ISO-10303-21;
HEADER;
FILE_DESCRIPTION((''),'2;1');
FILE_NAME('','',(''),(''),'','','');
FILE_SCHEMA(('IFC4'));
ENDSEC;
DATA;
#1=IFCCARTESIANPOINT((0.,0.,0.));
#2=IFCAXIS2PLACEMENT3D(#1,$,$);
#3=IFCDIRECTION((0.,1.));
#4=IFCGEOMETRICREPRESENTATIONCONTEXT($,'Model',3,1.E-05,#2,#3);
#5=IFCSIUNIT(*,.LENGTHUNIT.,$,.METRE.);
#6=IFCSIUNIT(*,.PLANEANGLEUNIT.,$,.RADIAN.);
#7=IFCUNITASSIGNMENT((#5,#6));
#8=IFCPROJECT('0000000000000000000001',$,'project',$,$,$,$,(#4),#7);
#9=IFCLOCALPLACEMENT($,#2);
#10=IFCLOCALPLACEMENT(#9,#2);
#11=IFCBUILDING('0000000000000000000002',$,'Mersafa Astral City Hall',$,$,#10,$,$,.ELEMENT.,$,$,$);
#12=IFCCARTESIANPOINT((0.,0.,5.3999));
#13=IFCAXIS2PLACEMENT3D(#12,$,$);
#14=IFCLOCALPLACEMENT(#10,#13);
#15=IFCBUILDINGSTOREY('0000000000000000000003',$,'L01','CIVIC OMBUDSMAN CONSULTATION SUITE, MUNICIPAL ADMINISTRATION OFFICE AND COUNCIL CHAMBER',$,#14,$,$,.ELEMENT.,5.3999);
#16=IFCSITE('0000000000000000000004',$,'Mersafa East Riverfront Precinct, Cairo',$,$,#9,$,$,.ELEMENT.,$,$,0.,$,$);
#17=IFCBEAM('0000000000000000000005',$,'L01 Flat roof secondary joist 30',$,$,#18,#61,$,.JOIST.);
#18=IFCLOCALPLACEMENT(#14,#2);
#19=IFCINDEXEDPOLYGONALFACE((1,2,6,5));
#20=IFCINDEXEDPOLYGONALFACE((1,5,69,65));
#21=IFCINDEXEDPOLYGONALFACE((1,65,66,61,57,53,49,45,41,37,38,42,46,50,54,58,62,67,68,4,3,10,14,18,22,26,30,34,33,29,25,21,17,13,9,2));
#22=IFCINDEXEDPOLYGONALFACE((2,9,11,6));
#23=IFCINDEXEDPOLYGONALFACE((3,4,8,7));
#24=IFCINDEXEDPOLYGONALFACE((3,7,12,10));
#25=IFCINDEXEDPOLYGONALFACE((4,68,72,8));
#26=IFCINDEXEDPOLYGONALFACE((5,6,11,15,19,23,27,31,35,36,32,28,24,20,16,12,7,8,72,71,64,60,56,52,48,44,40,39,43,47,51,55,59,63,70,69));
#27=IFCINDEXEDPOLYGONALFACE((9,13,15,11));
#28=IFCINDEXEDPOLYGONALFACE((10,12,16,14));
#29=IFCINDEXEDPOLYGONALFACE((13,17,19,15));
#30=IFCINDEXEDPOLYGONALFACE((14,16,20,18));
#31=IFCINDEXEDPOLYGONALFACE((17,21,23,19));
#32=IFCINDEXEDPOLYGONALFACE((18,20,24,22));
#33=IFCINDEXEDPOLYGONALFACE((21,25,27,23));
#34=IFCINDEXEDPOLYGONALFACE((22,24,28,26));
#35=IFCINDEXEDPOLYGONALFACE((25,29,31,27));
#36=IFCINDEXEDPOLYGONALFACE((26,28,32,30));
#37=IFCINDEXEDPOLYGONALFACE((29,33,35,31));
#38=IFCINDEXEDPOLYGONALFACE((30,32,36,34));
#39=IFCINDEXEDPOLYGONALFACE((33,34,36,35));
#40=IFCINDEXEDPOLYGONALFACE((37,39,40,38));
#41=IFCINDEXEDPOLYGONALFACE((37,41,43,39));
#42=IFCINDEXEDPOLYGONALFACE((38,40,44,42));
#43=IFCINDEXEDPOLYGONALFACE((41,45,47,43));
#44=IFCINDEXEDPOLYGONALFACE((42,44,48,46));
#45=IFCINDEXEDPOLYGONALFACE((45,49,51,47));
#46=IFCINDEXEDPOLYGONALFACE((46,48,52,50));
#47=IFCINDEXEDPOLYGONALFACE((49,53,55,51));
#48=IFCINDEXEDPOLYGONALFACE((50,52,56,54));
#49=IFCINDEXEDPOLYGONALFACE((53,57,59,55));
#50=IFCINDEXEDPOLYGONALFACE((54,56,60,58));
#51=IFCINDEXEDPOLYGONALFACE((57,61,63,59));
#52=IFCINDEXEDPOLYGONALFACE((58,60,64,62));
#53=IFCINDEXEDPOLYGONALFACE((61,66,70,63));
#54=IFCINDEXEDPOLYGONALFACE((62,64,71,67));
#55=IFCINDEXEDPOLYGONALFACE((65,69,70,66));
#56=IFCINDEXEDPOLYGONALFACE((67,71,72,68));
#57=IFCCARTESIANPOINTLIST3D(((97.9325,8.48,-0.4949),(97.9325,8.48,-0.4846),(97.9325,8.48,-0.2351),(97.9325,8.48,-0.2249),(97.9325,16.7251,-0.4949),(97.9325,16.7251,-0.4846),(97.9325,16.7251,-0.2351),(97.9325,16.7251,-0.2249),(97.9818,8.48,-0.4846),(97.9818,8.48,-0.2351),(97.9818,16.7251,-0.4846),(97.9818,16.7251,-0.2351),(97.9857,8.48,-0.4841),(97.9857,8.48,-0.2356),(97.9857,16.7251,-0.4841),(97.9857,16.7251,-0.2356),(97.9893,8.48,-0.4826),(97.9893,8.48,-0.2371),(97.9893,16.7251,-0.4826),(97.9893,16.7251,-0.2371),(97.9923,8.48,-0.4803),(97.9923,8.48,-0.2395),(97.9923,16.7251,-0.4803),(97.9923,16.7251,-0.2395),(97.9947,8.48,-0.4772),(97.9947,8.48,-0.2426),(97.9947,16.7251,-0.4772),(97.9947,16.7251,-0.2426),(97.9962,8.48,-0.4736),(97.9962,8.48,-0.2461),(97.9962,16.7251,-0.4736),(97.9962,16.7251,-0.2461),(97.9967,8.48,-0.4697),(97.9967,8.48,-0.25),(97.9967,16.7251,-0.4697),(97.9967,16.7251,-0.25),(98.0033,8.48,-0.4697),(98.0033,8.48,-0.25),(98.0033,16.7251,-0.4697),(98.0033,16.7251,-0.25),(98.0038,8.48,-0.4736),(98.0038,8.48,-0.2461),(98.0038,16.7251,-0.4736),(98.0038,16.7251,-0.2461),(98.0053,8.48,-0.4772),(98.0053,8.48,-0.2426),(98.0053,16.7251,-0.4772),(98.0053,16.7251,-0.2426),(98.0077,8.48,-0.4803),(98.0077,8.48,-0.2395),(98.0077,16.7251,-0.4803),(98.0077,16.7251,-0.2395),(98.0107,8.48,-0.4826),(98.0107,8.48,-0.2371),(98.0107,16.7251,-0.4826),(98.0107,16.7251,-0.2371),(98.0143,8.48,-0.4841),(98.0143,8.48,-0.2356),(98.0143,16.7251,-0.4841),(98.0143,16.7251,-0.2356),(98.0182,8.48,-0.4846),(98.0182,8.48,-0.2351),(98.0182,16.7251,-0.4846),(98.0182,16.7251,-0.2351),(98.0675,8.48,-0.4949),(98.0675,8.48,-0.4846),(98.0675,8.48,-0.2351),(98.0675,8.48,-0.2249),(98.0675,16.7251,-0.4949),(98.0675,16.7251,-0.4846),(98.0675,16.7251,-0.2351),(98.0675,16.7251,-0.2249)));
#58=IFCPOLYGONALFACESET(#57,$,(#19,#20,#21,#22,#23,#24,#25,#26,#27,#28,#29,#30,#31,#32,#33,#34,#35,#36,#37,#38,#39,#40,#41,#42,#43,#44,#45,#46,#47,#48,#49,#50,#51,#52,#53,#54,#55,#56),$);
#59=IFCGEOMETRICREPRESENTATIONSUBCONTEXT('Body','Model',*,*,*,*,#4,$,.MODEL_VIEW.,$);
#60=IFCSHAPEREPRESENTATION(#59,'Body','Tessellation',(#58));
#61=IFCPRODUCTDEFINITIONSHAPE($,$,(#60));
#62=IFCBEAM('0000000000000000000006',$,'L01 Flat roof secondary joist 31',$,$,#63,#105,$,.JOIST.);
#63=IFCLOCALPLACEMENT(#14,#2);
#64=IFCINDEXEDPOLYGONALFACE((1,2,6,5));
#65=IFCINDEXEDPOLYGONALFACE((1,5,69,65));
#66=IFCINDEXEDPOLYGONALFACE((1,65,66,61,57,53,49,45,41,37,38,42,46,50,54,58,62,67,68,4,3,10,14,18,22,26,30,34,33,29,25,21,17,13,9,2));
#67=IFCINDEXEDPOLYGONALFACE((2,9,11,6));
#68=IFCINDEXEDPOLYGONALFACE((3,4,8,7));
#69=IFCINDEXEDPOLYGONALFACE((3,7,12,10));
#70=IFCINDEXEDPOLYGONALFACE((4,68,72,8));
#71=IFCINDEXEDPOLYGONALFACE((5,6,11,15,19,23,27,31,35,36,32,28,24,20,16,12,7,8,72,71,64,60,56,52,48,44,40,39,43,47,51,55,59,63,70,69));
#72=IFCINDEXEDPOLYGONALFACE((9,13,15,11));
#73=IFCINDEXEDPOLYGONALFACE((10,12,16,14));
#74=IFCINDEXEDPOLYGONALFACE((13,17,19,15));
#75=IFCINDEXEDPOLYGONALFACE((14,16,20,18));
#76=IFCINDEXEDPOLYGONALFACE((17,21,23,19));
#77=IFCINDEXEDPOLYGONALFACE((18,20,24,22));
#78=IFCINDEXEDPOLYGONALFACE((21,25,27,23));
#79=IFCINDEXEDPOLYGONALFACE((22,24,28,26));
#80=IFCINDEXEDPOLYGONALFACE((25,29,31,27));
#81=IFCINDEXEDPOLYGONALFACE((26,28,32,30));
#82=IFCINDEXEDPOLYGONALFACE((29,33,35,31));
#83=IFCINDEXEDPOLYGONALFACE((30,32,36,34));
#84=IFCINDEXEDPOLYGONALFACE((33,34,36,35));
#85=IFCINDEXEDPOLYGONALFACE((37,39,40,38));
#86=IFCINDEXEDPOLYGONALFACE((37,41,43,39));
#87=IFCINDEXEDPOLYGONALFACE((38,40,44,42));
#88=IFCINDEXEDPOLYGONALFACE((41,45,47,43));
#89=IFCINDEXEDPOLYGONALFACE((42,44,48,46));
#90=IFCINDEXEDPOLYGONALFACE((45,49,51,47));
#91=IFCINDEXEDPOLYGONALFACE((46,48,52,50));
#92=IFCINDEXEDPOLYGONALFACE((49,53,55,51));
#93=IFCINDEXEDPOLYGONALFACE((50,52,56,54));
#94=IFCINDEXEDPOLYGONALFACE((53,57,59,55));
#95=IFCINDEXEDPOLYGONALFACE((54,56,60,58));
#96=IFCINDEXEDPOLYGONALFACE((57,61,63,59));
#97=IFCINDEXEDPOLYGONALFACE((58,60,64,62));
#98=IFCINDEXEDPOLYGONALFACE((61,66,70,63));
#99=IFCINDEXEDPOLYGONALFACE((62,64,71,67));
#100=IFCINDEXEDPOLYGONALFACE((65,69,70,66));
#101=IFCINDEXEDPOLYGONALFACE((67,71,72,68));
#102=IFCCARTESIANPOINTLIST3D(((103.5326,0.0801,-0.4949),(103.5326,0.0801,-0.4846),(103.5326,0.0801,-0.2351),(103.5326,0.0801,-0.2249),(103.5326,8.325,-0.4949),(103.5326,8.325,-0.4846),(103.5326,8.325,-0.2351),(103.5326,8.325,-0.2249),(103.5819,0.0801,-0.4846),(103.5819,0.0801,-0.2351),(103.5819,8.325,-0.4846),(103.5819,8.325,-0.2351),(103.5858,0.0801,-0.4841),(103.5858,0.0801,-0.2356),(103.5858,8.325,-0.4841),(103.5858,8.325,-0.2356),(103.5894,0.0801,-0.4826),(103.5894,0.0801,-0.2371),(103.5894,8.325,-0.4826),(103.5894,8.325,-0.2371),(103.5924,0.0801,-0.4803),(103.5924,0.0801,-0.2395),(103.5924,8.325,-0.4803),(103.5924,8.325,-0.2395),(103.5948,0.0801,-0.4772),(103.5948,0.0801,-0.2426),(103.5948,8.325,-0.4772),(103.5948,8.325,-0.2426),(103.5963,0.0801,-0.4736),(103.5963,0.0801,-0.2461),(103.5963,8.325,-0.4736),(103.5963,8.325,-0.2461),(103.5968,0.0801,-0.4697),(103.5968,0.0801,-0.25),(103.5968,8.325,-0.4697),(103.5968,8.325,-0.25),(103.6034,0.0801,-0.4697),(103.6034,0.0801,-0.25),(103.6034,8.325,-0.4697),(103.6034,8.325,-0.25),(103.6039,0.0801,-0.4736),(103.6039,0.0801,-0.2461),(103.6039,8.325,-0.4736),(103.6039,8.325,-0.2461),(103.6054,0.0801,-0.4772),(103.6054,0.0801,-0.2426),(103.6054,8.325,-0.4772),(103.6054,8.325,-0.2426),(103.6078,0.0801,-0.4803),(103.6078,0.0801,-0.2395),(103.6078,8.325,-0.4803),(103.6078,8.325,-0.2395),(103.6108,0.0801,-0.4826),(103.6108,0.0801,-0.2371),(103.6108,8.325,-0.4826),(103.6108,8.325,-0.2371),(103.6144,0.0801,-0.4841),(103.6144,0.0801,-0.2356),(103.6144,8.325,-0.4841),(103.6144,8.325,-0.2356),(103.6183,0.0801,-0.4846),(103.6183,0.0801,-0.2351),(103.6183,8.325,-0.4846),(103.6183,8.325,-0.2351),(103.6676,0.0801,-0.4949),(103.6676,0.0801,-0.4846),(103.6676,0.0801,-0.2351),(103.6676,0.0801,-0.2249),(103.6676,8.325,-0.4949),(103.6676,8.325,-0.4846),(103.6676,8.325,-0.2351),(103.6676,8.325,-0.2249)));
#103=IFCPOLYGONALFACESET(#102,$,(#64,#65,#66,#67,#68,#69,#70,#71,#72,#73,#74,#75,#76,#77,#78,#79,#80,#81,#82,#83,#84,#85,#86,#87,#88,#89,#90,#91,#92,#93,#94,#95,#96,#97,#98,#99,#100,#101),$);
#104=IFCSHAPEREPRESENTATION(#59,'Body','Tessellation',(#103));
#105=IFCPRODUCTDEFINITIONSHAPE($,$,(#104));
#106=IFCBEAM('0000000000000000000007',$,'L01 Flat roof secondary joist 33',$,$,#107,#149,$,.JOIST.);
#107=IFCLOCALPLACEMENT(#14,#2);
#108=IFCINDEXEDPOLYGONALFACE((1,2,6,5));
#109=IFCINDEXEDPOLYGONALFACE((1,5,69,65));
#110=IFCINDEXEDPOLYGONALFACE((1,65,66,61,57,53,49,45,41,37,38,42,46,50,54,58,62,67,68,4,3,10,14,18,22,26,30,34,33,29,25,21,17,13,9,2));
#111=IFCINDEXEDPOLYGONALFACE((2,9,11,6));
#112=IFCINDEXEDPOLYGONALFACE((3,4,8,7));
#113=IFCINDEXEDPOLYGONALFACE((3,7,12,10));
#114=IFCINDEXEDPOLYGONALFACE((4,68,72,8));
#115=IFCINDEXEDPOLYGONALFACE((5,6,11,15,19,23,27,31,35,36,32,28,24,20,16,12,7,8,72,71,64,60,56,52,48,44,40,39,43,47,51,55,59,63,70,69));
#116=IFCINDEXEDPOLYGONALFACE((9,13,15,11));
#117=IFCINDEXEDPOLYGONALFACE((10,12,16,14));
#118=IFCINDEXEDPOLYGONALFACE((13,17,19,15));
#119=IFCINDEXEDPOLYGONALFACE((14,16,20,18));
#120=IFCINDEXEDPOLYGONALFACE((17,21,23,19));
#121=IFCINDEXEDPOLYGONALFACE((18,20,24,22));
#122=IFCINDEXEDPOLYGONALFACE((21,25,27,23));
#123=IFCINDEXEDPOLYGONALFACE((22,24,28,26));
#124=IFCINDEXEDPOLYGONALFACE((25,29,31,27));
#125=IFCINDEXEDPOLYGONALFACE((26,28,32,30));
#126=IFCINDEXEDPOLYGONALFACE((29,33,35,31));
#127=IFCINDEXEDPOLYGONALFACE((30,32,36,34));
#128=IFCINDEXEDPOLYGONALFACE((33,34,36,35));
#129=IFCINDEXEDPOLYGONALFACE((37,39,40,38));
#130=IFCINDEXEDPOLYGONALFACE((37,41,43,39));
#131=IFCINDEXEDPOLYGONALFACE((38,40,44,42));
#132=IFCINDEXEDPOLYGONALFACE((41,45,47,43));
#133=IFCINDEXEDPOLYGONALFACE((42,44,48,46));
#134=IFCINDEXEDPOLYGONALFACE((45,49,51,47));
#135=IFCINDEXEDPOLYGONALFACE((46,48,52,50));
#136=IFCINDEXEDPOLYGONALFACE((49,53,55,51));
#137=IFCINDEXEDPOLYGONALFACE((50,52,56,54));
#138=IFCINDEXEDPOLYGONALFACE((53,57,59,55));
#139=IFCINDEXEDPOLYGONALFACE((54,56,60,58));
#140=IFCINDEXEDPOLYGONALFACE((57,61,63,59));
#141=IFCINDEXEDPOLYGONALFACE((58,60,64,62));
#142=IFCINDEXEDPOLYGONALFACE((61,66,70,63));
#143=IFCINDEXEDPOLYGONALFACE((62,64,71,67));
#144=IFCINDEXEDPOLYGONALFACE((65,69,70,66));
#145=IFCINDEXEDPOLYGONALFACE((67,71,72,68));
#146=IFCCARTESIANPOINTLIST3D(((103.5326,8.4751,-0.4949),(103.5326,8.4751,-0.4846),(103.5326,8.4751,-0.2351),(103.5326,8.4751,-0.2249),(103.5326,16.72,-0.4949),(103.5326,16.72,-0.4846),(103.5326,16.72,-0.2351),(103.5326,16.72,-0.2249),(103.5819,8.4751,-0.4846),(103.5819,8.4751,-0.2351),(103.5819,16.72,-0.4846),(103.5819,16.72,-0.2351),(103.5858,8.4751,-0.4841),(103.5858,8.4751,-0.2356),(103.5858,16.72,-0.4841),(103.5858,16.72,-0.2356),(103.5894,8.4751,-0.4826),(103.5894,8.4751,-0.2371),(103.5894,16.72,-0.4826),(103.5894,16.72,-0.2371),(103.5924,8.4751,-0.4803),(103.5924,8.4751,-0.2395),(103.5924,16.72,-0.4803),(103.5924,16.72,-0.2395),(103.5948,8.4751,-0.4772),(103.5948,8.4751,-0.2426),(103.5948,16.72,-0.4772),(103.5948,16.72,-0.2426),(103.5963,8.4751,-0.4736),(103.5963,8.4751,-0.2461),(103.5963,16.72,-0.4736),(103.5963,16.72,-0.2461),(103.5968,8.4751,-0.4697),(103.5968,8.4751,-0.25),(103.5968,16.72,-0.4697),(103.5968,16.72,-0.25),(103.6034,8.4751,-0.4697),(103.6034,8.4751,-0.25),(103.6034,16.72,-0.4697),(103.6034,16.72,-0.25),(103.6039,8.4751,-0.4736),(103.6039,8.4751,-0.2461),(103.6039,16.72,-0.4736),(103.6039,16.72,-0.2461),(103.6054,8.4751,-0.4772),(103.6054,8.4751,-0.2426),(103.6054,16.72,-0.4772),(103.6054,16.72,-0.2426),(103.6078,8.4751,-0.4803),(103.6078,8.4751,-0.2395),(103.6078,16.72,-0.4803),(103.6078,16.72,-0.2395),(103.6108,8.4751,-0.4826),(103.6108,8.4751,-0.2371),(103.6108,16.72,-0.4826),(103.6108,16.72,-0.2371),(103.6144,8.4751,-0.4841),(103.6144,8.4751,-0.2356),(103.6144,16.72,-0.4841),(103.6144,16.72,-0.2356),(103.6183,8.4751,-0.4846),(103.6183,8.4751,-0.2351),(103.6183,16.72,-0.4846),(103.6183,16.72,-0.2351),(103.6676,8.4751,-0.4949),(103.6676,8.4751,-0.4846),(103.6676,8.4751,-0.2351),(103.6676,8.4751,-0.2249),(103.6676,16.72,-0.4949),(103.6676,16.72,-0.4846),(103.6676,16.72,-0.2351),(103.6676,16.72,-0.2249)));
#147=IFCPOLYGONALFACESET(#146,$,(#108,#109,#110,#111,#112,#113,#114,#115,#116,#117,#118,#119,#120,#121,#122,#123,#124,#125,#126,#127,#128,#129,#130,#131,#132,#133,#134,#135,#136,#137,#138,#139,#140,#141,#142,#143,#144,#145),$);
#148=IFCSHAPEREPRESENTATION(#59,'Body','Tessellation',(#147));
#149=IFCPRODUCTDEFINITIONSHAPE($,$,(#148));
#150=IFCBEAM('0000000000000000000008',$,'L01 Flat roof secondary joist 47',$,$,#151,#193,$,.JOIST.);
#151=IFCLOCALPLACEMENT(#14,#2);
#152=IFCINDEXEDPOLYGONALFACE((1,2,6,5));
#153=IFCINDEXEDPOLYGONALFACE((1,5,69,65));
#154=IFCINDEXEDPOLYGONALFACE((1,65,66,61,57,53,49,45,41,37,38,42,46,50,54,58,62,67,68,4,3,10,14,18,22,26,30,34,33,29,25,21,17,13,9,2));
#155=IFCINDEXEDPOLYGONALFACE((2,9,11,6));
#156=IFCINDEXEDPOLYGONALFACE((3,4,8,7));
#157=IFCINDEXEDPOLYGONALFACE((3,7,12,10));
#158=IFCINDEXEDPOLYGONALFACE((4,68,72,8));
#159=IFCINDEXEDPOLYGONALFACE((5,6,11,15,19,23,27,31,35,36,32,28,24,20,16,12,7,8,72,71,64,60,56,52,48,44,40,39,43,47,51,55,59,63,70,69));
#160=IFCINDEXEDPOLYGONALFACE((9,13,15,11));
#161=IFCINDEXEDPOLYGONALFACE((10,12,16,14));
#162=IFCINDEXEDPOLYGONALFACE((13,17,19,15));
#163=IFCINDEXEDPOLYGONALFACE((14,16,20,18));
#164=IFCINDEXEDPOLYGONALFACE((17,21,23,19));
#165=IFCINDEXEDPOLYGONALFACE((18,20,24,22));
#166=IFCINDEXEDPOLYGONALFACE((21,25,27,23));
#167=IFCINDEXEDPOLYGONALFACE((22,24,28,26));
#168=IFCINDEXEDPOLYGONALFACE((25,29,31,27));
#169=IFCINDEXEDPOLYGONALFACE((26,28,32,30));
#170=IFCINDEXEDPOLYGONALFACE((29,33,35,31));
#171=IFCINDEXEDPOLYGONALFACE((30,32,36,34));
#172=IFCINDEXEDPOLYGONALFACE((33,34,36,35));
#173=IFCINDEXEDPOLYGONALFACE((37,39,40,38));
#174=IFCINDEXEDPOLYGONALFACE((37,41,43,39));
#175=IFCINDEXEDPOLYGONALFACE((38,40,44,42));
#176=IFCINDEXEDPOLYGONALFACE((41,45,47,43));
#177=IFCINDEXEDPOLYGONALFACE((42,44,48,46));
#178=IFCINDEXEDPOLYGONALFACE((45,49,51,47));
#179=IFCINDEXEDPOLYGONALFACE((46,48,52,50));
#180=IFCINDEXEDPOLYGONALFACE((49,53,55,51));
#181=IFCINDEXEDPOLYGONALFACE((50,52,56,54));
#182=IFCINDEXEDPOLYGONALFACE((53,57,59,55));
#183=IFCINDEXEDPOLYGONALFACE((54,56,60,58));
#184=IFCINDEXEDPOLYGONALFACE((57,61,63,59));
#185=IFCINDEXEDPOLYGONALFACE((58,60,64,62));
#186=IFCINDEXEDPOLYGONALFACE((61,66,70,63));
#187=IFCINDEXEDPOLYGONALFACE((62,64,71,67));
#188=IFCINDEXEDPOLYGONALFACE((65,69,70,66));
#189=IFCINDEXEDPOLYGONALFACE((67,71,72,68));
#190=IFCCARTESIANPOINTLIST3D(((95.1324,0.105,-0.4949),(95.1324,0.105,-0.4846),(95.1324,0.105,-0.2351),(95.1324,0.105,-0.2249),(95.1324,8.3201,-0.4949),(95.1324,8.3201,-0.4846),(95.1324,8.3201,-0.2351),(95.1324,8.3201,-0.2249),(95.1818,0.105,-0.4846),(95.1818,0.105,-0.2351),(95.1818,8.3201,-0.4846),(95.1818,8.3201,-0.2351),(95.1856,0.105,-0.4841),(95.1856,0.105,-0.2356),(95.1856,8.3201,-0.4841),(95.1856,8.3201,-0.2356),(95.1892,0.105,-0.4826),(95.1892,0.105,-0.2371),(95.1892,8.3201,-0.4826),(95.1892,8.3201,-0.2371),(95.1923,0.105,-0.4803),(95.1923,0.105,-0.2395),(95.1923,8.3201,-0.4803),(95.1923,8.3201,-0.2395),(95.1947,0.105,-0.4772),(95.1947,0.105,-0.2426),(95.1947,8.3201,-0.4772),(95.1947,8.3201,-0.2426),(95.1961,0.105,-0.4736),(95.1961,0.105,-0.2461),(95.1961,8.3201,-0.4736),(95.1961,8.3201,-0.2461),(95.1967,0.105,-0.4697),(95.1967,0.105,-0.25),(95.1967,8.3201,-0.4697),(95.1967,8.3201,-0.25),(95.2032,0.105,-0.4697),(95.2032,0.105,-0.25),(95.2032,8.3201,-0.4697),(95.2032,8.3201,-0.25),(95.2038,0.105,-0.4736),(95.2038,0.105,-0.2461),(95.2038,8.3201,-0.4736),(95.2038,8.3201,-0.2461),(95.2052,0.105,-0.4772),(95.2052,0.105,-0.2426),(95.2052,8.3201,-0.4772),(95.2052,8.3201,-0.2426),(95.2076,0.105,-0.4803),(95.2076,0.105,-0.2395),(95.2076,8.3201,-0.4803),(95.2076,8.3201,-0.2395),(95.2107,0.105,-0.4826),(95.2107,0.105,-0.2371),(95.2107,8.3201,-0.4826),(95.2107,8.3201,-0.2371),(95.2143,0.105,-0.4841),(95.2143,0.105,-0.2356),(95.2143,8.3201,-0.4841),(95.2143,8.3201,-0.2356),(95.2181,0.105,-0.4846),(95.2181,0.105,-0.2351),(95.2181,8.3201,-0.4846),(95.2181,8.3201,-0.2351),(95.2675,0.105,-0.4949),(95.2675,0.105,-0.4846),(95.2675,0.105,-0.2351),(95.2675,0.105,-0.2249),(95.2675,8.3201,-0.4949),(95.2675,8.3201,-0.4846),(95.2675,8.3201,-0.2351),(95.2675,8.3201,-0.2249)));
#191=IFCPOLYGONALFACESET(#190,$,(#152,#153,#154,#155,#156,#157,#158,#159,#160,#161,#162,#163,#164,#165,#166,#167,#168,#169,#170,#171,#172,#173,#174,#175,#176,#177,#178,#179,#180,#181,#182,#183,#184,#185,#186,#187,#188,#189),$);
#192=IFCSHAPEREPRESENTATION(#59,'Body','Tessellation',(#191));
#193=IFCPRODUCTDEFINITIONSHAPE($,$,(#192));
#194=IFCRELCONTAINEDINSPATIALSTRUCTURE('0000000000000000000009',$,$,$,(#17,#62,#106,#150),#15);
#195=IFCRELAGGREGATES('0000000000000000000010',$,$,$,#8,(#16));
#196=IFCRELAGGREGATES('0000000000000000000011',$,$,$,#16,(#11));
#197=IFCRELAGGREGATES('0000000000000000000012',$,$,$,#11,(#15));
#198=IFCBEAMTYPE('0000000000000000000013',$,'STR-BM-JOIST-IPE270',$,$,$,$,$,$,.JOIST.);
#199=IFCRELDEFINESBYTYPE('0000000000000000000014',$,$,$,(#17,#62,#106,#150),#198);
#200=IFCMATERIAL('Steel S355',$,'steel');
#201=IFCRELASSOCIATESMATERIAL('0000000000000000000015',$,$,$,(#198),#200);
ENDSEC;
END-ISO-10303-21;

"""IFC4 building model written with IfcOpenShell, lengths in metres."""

from ifc_helpers import new_model, si_unit, direction, frame, origin, origin_2d, place, context, subcontext, project, spatial, i_section, extrude, material, material_profile, profile_set, type_object, element, save


model = new_model("IFC4")

# Units and contexts
model_context = context("Model", 3, precision=1e-05, world=origin(), true_north=direction((0.0, 1.0)))
body_context = subcontext(model_context, "Body", "Model", "MODEL_VIEW")
ifc_project = project(units=[si_unit("LENGTHUNIT", "METRE"), si_unit("PLANEANGLEUNIT", "RADIAN")], contexts=[model_context])

# Site, building, storey
site_placement = place(None, origin())
site = spatial("IfcSite", under=ifc_project, at=site_placement, Name="Mersafa East Riverfront Precinct, Cairo", CompositionType="ELEMENT", RefElevation=0.0)
building_placement = place(site_placement, origin())
building = spatial("IfcBuilding", under=site, at=building_placement, Name="Mersafa Astral City Hall", CompositionType="ELEMENT")
storey_placement = place(building_placement, frame((0.0, 0.0, 5.3999)))
storey = spatial("IfcBuildingStorey", under=building, at=storey_placement, Name="L01", Description="CIVIC OMBUDSMAN CONSULTATION SUITE, MUNICIPAL ADMINISTRATION OFFICE AND COUNCIL CHAMBER", CompositionType="ELEMENT", Elevation=5.3999)

# Shared definitions
ifc_material_1 = material(Name="Steel S355", Category="steel")

# Beams
ifc_material_profile_1 = material_profile(ifc_material_1, i_section(OverallWidth=0.135, OverallDepth=0.27, WebThickness=0.0066, FlangeThickness=0.0103, FilletRadius=0.0149, at=origin_2d()), Name="IPE 270")
ifc_profile_set_1 = profile_set([ifc_material_profile_1], Name="Steel S355")
beam_type_1 = type_object("IfcBeamType", Name="STR-BM-JOIST-IPE270", PredefinedType="JOIST", material=ifc_profile_set_1)
for number, where, z_axis, x_axis, name in (
    (1, (98.0, 8.48, -0.3599), (0.0, 1.0, 0.0), (-1.0, 0.0, 0.0), "L01 Flat roof secondary joist 30"),
):
    element("IfcBeam", number, at=place(storey_placement, frame(where, z_axis=z_axis, x_axis=x_axis)), inside=storey, type_object=beam_type_1, Name=name, PredefinedType="JOIST", context=body_context, shape_type="SweptSolid", body=[
        extrude(i_section(OverallWidth=0.135, OverallDepth=0.27, WebThickness=0.0066, FlangeThickness=0.0103, FilletRadius=0.0149, at=origin_2d()), origin(), (0.0, 0.0, 1.0), 8.2451),
    ])
for number, where, z_axis, x_axis, name in (
    (2, (103.6001, 0.0801, -0.3599), (0.0, 1.0, 0.0), (-1.0, 0.0, 0.0), "L01 Flat roof secondary joist 31"),
    (3, (103.6001, 8.4751, -0.3599), (0.0, 1.0, 0.0), (-1.0, 0.0, 0.0), "L01 Flat roof secondary joist 33"),
):
    element("IfcBeam", number, at=place(storey_placement, frame(where, z_axis=z_axis, x_axis=x_axis)), inside=storey, type_object=beam_type_1, Name=name, PredefinedType="JOIST", context=body_context, shape_type="SweptSolid", body=[
        extrude(i_section(OverallWidth=0.135, OverallDepth=0.27, WebThickness=0.0066, FlangeThickness=0.0103, FilletRadius=0.0149, at=origin_2d()), origin(), (0.0, 0.0, 1.0), 8.2449),
    ])
for number, where, z_axis, x_axis, name in (
    (4, (95.2, 0.105, -0.3599), (0.0, 1.0, 0.0), (-1.0, 0.0, 0.0), "L01 Flat roof secondary joist 47"),
):
    element("IfcBeam", number, at=place(storey_placement, frame(where, z_axis=z_axis, x_axis=x_axis)), inside=storey, type_object=beam_type_1, Name=name, PredefinedType="JOIST", context=body_context, shape_type="SweptSolid", body=[
        extrude(i_section(OverallWidth=0.135, OverallDepth=0.27, WebThickness=0.0066, FlangeThickness=0.0103, FilletRadius=0.0149, at=origin_2d()), origin(), (0.0, 0.0, 1.0), 8.2151),
    ])

save(model, "model.ifc")
